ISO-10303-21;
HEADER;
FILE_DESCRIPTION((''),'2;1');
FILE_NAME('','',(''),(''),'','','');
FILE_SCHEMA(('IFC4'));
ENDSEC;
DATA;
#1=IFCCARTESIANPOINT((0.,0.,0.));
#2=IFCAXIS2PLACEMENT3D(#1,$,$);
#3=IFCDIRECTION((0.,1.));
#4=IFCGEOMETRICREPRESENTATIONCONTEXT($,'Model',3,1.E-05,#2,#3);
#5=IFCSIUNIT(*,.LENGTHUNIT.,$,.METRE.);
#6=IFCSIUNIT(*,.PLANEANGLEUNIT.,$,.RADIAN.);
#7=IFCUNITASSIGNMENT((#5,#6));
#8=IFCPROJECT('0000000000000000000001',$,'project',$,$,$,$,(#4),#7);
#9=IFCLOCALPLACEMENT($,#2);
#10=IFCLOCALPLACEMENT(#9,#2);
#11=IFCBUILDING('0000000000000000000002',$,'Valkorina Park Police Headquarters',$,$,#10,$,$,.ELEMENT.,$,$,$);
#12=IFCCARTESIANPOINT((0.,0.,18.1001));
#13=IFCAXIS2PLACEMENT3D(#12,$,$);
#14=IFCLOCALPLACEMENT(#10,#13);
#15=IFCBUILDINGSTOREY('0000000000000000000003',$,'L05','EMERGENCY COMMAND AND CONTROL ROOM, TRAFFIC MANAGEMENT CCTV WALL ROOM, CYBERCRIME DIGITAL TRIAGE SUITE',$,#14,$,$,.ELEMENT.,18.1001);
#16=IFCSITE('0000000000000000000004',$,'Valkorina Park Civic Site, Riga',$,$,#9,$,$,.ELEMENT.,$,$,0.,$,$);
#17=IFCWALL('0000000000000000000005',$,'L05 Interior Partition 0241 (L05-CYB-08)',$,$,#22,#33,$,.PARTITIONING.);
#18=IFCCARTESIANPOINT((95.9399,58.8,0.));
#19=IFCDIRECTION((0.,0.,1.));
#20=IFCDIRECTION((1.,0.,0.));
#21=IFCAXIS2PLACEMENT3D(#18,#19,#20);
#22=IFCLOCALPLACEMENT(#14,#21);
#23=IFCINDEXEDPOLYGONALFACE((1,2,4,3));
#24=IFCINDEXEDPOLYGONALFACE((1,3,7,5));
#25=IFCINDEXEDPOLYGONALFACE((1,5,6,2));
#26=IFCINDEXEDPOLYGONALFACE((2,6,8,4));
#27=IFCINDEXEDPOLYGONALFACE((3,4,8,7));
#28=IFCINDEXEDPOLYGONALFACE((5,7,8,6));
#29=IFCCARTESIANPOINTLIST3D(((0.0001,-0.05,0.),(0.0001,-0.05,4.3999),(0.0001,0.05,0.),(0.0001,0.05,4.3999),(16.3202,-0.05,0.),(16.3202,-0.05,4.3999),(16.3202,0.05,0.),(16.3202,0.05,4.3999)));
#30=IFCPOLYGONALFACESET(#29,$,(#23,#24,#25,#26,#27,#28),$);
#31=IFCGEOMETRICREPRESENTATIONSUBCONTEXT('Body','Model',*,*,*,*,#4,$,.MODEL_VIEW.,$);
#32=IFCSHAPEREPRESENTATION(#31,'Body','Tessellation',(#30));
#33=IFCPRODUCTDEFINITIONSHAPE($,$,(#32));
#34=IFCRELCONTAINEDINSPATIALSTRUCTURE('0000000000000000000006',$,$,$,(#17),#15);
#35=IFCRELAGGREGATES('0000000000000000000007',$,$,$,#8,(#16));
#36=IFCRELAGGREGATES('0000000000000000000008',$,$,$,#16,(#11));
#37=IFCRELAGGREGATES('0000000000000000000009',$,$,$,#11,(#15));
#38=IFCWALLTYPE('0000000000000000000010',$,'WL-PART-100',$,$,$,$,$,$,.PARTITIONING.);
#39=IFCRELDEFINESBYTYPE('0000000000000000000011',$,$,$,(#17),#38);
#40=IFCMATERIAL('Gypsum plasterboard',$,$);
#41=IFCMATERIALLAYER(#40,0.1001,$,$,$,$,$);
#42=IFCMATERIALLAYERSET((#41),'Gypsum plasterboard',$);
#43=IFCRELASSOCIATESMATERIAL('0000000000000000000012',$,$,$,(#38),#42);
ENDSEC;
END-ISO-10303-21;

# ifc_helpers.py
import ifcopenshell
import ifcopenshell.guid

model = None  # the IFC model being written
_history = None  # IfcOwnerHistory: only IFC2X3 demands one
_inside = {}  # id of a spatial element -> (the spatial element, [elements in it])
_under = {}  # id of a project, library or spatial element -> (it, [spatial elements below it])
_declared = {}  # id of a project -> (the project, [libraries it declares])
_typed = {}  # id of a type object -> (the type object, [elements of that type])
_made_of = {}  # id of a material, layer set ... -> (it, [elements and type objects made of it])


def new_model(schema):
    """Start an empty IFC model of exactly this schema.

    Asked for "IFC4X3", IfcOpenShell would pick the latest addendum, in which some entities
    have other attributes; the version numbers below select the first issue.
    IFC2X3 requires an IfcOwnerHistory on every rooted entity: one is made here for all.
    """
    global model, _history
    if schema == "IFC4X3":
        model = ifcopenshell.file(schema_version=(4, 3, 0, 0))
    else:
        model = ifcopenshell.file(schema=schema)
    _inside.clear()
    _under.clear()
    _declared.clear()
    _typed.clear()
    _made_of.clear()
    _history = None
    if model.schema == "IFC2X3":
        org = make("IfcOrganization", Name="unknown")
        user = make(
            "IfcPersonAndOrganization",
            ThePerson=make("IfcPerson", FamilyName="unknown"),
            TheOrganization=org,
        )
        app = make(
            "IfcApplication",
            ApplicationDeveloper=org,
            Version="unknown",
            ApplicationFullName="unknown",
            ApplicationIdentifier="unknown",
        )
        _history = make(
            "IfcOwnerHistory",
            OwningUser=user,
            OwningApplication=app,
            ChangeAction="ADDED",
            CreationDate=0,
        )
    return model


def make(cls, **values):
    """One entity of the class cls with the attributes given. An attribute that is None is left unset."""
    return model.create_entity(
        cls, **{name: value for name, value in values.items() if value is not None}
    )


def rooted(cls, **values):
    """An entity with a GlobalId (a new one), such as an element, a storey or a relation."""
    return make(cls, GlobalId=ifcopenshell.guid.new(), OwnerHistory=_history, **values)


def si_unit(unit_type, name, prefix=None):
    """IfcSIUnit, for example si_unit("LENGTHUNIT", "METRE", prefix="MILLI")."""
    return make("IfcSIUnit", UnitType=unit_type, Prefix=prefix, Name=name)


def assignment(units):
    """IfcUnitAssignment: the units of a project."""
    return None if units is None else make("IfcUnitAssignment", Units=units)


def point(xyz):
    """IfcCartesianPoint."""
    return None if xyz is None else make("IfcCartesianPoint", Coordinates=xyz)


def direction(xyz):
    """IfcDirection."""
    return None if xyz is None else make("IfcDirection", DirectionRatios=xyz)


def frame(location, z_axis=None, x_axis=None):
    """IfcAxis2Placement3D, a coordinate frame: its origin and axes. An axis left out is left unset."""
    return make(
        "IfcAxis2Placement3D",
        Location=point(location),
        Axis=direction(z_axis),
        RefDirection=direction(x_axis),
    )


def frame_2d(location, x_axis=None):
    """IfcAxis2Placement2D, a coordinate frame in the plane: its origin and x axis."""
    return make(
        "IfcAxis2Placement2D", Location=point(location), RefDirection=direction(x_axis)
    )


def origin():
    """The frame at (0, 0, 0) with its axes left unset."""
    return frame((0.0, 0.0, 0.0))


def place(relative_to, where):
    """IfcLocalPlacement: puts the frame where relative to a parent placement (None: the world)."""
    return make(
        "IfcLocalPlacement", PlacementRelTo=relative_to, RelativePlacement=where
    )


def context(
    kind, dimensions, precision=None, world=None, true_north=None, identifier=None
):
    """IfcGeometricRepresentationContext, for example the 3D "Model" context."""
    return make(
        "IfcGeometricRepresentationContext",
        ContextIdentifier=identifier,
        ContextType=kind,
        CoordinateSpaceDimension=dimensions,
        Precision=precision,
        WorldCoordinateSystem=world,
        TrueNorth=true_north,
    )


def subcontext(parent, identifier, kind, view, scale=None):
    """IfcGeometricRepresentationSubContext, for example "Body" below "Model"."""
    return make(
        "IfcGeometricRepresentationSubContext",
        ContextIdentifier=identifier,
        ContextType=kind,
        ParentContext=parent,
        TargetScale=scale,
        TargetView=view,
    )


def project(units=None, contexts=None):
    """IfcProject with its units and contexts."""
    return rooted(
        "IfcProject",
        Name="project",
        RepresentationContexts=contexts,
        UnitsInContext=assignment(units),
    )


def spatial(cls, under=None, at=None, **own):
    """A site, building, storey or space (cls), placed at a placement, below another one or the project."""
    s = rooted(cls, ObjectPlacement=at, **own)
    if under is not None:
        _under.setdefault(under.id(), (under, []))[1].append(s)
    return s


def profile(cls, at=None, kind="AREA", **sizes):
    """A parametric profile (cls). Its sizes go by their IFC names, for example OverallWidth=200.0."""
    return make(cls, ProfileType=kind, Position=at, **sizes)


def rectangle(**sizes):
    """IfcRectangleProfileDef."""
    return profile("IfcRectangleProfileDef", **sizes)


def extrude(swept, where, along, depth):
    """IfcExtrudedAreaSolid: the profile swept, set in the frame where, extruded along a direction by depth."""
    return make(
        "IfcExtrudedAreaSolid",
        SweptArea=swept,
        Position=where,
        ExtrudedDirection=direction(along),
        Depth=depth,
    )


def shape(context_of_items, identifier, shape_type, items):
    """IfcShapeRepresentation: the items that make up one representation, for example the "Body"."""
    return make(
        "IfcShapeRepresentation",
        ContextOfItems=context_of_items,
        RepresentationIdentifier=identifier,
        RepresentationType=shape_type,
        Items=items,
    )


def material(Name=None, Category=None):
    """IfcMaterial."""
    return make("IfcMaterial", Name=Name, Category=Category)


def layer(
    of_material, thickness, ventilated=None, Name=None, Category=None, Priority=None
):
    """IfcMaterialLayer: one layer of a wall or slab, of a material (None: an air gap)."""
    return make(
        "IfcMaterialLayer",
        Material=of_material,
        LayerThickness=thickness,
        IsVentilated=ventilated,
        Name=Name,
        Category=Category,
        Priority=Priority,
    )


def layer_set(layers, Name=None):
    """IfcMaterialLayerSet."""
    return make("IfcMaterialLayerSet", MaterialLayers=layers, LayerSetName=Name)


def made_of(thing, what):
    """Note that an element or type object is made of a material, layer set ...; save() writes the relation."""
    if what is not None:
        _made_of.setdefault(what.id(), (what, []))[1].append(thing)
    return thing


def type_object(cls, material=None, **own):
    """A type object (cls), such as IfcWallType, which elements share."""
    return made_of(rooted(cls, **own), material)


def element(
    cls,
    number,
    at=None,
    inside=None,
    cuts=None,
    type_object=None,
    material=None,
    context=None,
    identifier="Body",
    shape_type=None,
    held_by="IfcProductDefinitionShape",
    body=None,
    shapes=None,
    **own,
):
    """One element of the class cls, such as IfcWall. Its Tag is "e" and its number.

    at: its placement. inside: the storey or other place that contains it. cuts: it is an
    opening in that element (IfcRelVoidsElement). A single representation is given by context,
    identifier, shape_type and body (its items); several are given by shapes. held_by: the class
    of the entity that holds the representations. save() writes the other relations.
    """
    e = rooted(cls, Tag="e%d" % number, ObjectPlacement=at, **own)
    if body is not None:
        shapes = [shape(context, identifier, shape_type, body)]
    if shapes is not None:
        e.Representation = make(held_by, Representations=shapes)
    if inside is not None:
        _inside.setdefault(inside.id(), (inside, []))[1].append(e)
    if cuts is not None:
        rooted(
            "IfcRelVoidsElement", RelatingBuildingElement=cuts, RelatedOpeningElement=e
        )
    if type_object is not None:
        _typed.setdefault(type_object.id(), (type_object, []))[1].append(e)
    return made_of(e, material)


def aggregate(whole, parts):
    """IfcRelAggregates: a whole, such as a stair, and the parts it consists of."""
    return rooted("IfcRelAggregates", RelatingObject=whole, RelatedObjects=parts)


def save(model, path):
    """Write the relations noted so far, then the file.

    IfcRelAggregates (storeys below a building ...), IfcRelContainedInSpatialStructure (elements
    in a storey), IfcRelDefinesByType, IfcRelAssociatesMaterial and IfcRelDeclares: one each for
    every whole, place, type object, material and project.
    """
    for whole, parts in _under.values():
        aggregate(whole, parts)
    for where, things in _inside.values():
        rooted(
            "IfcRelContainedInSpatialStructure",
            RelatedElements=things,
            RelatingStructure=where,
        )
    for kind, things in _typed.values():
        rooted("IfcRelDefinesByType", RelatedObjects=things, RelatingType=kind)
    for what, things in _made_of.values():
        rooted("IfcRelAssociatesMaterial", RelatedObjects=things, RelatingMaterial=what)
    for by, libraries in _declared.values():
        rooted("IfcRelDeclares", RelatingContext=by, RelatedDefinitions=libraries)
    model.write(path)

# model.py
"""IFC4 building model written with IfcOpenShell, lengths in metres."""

from ifc_helpers import new_model, si_unit, direction, frame, frame_2d, origin, place, context, subcontext, project, spatial, rectangle, extrude, material, layer, layer_set, type_object, element, save


model = new_model("IFC4")

# Units and contexts
model_context = context("Model", 3, precision=1e-05, world=origin(), true_north=direction((0.0, 1.0)))
body_context = subcontext(model_context, "Body", "Model", "MODEL_VIEW")
ifc_project = project(units=[si_unit("LENGTHUNIT", "METRE"), si_unit("PLANEANGLEUNIT", "RADIAN")], contexts=[model_context])

# Site, building, storey
site_placement = place(None, origin())
site = spatial("IfcSite", under=ifc_project, at=site_placement, Name="Valkorina Park Civic Site, Riga", CompositionType="ELEMENT", RefElevation=0.0)
building_placement = place(site_placement, origin())
building = spatial("IfcBuilding", under=site, at=building_placement, Name="Valkorina Park Police Headquarters", CompositionType="ELEMENT")
storey_placement = place(building_placement, frame((0.0, 0.0, 18.1001)))
storey = spatial("IfcBuildingStorey", under=building, at=storey_placement, Name="L05", Description="EMERGENCY COMMAND AND CONTROL ROOM, TRAFFIC MANAGEMENT CCTV WALL ROOM, CYBERCRIME DIGITAL TRIAGE SUITE", CompositionType="ELEMENT", Elevation=18.1001)

# Wall
ifc_material_1 = material(Name="Gypsum plasterboard")
ifc_layer_1 = layer(ifc_material_1, 0.1001)
ifc_layer_set_1 = layer_set([ifc_layer_1], Name="Gypsum plasterboard")
wall_type_1 = type_object("IfcWallType", Name="WL-PART-100", PredefinedType="PARTITIONING", material=ifc_layer_set_1)
wall_1_placement = place(storey_placement, frame((95.9399, 58.8, 0.0), z_axis=(0.0, 0.0, 1.0), x_axis=(1.0, 0.0, 0.0)))
element("IfcWall", 1, at=wall_1_placement, inside=storey, type_object=wall_type_1, Name="L05 Interior Partition 0241 (L05-CYB-08)", PredefinedType="PARTITIONING", context=body_context, shape_type="SweptSolid", body=[
    extrude(rectangle(XDim=16.3201, YDim=0.1001, at=frame_2d((8.1602, 0.0))), origin(), (0.0, 0.0, 1.0), 4.3999),
])

save(model, "model.ifc")
